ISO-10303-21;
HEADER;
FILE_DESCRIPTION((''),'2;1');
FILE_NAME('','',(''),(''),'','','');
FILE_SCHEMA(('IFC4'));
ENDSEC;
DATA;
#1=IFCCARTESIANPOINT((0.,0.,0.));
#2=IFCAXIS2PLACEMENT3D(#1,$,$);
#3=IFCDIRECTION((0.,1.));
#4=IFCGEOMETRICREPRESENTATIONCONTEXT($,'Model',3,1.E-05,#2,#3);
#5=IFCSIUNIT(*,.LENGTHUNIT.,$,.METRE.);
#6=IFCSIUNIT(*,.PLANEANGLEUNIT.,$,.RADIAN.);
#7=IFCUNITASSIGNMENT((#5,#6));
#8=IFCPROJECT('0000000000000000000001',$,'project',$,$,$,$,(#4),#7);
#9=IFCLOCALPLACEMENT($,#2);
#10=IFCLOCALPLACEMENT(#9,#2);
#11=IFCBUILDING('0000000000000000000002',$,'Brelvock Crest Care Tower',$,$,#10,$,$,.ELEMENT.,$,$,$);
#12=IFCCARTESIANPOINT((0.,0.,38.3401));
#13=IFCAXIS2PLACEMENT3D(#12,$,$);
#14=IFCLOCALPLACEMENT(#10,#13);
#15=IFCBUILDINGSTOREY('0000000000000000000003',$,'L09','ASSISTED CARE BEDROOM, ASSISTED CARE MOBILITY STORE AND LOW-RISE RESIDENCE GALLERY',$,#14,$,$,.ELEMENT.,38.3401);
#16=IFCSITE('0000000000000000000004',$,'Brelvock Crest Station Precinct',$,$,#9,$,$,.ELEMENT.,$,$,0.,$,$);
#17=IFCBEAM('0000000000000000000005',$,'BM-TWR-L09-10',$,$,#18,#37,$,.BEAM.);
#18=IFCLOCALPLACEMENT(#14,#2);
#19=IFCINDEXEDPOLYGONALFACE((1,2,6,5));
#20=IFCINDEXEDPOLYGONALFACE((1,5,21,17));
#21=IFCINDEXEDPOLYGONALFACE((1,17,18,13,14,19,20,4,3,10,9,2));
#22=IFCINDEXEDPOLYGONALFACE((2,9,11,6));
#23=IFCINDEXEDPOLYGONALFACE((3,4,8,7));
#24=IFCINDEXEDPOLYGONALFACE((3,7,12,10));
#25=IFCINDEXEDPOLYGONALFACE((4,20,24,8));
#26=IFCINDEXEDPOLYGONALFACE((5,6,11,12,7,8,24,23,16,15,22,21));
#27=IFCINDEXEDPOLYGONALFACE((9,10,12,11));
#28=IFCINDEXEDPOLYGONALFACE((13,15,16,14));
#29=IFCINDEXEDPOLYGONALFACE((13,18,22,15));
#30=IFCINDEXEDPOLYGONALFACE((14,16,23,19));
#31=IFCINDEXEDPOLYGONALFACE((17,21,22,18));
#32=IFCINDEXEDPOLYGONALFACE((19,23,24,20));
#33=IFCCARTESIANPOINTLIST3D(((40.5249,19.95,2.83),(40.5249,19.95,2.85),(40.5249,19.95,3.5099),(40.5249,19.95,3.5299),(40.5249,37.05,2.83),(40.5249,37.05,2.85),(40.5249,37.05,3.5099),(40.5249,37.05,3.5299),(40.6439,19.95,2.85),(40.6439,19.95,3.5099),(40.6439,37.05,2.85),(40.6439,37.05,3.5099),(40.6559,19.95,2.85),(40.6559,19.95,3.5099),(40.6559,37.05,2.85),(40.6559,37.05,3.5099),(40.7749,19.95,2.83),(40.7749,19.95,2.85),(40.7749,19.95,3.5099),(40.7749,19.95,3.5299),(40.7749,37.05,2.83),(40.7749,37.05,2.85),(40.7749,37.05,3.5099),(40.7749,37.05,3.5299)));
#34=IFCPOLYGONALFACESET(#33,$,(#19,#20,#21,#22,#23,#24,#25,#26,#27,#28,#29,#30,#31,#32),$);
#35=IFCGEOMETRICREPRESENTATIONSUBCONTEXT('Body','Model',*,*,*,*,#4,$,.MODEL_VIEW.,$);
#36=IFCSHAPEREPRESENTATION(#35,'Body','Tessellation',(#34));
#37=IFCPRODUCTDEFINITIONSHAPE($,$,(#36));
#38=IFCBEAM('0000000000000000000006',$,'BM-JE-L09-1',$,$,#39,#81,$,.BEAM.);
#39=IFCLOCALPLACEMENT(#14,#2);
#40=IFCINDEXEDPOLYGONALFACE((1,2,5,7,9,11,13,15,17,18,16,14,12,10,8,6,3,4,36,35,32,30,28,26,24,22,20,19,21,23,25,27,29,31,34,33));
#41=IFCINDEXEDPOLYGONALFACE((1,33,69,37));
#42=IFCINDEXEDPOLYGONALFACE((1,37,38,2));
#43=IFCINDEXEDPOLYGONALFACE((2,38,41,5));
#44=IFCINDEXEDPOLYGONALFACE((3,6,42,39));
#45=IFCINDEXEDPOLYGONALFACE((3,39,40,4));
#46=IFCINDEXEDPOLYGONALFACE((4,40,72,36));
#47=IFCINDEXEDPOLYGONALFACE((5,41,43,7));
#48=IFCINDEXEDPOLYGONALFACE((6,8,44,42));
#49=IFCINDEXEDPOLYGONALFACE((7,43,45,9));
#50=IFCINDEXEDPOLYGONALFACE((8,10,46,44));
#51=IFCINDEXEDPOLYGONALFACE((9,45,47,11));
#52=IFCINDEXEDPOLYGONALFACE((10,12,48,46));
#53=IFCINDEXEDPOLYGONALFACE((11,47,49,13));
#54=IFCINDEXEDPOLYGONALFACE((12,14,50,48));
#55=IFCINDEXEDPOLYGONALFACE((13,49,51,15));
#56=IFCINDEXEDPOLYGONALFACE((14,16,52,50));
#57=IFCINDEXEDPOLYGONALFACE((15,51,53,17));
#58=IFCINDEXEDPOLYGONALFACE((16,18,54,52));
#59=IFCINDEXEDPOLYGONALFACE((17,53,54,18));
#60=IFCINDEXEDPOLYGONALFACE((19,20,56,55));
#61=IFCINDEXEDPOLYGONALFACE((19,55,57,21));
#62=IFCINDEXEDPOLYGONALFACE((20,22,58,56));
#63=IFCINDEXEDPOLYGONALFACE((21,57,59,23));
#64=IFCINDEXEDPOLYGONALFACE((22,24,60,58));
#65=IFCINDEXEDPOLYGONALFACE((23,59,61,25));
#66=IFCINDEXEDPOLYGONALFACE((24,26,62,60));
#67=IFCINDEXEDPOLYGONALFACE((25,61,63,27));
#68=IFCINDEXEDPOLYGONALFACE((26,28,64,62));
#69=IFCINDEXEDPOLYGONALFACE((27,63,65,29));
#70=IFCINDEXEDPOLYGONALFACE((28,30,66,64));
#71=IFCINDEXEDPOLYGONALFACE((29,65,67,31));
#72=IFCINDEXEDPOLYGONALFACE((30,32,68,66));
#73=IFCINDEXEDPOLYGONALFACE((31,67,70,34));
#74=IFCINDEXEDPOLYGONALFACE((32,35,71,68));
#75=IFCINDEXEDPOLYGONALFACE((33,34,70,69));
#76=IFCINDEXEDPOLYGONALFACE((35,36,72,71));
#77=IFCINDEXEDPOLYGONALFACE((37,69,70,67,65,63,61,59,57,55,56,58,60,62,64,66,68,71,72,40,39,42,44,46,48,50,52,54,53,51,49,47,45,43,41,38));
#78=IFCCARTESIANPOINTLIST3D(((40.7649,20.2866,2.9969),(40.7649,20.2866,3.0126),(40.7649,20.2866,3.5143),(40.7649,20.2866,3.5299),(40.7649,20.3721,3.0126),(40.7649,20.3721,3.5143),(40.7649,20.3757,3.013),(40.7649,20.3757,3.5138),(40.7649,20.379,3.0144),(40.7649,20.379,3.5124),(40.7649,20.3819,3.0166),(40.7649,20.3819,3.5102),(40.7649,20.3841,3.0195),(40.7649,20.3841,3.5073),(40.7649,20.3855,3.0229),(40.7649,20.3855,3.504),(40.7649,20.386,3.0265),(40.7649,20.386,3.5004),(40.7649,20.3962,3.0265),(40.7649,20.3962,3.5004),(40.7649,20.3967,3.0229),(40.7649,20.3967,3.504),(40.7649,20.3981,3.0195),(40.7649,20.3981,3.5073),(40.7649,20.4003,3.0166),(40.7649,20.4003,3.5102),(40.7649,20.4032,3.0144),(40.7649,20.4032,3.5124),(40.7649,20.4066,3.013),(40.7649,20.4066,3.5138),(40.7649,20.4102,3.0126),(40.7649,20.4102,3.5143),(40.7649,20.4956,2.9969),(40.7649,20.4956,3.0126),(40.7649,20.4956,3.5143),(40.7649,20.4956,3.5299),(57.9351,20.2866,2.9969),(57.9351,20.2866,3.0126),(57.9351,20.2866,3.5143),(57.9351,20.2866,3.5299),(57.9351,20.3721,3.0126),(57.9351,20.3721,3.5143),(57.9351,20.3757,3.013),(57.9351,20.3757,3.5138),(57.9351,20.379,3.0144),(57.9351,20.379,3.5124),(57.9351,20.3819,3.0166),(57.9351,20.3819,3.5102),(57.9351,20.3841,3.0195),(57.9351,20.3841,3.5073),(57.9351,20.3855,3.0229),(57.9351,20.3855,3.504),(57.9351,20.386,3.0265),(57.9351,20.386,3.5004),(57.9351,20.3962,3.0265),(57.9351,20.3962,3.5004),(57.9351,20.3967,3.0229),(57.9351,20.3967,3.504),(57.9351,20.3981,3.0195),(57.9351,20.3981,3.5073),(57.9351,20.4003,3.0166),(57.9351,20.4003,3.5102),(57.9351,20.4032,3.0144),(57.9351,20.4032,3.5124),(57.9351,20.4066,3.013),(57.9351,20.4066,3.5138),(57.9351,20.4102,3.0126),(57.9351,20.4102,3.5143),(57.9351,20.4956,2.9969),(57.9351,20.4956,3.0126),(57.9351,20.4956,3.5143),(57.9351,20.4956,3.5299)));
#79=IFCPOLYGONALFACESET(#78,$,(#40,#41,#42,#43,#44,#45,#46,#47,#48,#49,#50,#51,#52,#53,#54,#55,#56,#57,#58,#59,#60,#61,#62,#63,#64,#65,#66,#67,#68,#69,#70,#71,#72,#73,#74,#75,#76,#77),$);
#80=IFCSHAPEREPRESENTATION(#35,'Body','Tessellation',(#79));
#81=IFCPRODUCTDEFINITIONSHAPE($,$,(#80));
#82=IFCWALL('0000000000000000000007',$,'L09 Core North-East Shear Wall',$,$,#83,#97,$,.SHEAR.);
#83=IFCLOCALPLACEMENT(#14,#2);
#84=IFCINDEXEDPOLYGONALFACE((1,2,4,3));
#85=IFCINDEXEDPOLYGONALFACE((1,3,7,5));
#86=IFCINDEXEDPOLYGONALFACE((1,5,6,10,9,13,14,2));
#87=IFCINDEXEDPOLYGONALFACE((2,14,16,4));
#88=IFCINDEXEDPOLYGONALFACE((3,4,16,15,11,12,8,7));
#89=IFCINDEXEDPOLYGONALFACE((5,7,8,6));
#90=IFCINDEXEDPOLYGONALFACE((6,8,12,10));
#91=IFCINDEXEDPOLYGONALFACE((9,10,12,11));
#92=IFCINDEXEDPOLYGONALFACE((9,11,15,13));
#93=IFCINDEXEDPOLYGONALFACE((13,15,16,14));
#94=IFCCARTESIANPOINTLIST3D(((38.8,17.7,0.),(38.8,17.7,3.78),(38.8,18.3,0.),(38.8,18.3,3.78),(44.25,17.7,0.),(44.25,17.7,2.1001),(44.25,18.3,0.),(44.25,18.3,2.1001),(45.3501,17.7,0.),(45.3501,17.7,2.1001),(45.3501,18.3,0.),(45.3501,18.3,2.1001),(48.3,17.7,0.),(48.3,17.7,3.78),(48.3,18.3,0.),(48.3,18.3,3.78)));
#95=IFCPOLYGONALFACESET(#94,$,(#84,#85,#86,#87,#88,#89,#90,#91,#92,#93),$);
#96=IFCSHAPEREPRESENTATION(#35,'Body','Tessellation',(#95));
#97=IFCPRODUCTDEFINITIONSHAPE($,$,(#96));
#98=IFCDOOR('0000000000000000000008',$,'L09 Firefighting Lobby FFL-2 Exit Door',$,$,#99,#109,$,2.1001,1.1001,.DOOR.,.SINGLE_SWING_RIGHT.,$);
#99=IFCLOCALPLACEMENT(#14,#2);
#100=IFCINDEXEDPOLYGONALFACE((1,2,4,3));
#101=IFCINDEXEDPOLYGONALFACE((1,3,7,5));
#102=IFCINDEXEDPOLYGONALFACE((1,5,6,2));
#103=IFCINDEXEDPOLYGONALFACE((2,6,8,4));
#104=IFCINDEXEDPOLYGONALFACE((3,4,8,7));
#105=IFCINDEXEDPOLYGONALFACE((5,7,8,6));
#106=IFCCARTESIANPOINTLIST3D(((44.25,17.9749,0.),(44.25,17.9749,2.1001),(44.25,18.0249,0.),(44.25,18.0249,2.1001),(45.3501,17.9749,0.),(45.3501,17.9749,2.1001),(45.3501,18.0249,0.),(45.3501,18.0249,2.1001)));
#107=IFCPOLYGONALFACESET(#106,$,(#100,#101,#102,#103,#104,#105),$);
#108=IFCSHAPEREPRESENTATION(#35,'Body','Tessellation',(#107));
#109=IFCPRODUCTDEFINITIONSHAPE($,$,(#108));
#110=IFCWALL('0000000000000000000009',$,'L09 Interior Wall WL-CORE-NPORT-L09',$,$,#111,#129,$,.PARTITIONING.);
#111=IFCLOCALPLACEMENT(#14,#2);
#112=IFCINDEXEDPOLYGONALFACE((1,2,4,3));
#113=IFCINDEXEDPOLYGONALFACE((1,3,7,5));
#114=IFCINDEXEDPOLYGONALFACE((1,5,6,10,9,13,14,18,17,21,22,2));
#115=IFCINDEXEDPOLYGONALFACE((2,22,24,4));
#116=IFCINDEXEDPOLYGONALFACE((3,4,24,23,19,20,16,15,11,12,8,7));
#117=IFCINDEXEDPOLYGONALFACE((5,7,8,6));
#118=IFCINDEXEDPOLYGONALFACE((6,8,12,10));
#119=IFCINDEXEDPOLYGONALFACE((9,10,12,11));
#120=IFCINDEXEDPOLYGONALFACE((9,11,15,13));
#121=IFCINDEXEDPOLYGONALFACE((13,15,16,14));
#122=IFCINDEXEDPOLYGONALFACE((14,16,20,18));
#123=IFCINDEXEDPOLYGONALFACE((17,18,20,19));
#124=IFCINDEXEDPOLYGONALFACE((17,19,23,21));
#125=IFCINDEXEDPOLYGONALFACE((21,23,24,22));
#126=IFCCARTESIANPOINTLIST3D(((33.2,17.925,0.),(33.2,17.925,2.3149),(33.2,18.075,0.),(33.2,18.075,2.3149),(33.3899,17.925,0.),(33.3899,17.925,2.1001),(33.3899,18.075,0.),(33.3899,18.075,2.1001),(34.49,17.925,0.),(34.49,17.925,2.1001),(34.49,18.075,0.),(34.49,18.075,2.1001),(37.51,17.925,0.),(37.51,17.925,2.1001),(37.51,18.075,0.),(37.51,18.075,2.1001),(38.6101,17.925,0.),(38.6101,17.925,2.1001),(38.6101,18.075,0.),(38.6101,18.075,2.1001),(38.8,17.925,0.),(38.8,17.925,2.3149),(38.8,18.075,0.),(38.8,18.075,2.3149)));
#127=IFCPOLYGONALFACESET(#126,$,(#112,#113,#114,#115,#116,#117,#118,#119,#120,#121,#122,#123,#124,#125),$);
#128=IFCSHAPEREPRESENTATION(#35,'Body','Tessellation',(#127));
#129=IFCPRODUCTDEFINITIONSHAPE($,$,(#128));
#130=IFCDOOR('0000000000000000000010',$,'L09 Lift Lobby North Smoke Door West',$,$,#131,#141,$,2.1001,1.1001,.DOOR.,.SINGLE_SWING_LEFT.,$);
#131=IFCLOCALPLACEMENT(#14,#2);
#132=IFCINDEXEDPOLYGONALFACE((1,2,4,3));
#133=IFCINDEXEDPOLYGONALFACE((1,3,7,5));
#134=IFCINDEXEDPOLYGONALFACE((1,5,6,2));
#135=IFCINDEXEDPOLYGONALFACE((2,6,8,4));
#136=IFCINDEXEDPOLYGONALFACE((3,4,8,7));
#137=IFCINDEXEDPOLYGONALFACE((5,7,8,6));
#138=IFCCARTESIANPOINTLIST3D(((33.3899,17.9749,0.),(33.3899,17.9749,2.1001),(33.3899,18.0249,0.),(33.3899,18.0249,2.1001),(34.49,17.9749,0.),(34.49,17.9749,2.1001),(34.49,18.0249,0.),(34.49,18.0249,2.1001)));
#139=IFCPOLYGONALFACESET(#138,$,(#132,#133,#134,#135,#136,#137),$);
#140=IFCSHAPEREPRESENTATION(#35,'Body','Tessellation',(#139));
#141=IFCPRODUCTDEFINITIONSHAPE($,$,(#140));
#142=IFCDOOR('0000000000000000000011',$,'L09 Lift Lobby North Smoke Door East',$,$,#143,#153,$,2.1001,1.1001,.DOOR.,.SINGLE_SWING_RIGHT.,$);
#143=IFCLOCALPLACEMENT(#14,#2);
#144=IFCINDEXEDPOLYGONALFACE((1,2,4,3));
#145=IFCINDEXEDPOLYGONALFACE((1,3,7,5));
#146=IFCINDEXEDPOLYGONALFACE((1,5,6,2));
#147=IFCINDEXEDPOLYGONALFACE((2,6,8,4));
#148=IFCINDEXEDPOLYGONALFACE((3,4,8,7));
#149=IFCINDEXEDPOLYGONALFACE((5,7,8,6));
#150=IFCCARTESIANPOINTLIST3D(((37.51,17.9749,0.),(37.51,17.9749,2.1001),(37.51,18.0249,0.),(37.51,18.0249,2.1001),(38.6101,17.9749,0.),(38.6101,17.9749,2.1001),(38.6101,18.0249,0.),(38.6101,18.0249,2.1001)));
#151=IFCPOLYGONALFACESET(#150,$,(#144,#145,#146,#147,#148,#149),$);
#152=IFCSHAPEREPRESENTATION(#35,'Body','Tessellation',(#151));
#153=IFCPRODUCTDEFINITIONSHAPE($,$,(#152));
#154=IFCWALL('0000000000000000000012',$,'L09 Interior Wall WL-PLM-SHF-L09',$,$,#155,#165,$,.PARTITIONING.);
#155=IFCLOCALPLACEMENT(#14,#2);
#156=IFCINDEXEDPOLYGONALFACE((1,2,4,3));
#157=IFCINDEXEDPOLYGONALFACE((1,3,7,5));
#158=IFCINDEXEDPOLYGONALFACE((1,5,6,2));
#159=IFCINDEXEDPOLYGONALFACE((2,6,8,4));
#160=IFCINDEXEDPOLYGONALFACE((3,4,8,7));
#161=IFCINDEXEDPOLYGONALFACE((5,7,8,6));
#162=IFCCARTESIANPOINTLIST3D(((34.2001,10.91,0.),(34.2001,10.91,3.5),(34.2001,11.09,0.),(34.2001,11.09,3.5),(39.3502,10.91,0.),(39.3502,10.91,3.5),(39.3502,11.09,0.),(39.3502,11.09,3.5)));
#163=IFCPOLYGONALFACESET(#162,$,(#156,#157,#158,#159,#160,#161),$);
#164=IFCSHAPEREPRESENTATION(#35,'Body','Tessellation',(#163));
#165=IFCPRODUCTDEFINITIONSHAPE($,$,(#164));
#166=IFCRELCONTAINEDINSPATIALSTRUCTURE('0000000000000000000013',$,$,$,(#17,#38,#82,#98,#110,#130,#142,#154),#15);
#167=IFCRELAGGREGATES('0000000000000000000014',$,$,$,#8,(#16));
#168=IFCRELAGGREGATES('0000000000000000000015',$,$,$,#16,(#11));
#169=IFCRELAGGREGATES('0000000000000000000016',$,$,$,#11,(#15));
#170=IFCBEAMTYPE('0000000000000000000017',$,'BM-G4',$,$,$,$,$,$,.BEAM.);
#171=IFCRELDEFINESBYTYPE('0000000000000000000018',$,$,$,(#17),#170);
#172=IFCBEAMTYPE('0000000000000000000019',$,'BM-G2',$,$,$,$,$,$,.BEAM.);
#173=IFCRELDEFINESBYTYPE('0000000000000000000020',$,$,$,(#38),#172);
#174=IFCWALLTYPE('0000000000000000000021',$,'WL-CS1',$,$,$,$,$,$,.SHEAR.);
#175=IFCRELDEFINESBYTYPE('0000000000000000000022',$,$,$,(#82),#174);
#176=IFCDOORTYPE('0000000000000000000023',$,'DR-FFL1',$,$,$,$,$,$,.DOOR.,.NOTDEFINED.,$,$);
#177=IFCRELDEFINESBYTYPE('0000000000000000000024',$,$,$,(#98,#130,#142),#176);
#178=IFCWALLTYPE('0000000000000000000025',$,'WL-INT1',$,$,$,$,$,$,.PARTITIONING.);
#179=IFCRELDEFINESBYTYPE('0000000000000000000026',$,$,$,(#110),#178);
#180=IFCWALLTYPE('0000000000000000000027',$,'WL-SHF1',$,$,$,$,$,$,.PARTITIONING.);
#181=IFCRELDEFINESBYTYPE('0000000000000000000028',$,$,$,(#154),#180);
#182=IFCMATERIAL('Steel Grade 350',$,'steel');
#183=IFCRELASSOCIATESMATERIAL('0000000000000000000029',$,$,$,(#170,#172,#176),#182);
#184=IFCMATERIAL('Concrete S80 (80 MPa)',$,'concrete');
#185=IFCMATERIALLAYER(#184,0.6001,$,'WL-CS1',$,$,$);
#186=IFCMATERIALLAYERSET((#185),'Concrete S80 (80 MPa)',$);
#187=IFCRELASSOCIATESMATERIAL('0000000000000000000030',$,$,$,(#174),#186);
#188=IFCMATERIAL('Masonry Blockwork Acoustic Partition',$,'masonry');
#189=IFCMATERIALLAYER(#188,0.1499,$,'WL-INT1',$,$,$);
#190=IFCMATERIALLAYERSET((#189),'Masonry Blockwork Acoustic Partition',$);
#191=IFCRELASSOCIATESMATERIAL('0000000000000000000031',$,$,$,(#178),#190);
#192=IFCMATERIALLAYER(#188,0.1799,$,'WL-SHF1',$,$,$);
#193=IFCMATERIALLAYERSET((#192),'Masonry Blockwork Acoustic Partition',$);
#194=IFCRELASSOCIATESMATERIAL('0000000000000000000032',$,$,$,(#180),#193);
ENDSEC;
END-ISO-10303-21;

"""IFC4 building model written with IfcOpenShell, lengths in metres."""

from ifc_helpers import new_model, si_unit, direction, frame, frame_2d, origin, origin_2d, place, context, subcontext, project, spatial, rectangle, i_section, extrude, source, transform, mapped, material, layer, layer_set, material_profile, profile_set, type_object, element, fill, save


model = new_model("IFC4")

# Units and contexts
model_context = context("Model", 3, precision=1e-05, world=origin(), true_north=direction((0.0, 1.0)))
body_context = subcontext(model_context, "Body", "Model", "MODEL_VIEW")
ifc_project = project(units=[si_unit("LENGTHUNIT", "METRE"), si_unit("PLANEANGLEUNIT", "RADIAN")], contexts=[model_context])

# Site, building, storey
site_placement = place(None, origin())
site = spatial("IfcSite", under=ifc_project, at=site_placement, Name="Brelvock Crest Station Precinct", CompositionType="ELEMENT", RefElevation=0.0)
building_placement = place(site_placement, origin())
building = spatial("IfcBuilding", under=site, at=building_placement, Name="Brelvock Crest Care Tower", CompositionType="ELEMENT")
storey_placement = place(building_placement, frame((0.0, 0.0, 38.3401)))
storey = spatial("IfcBuildingStorey", under=building, at=storey_placement, Name="L09", Description="ASSISTED CARE BEDROOM, ASSISTED CARE MOBILITY STORE AND LOW-RISE RESIDENCE GALLERY", CompositionType="ELEMENT", Elevation=38.3401)

# Shared definitions
ifc_material_1 = material(Name="Concrete S80 (80 MPa)", Category="concrete")
ifc_material_2 = material(Name="Steel Grade 350", Category="steel")

# Beams
ifc_material_profile_1 = material_profile(ifc_material_2, i_section(OverallWidth=0.25, OverallDepth=0.7, WebThickness=0.012, FlangeThickness=0.02, at=origin_2d()), Name="700WB150")
ifc_profile_set_1 = profile_set([ifc_material_profile_1], Name="Steel Grade 350")
beam_type_1 = type_object("IfcBeamType", Name="BM-G4", PredefinedType="BEAM", material=ifc_profile_set_1)
shared_shape_1 = source(origin(), body_context, "Body", "SweptSolid", [
    extrude(i_section(OverallWidth=0.25, OverallDepth=0.7, WebThickness=0.012, FlangeThickness=0.02, at=origin_2d()), origin(), (0.0, 0.0, 1.0), 17.1001),
])
beam_1_placement = place(storey_placement, frame((40.6499, 19.95, 3.1799), z_axis=(0.0, 1.0, 0.0), x_axis=(-1.0, 0.0, 0.0)))
element("IfcBeam", 1, at=beam_1_placement, inside=storey, type_object=beam_type_1, Name="BM-TWR-L09-10", PredefinedType="BEAM", context=body_context, shape_type="MappedRepresentation", body=[
    mapped(shared_shape_1, transform((0.0, 0.0, 0.0), x_axis=(1.0, 0.0, 0.0), y_axis=(0.0, 1.0, 0.0), z_axis=(0.0, 0.0, 1.0), scale=1.0)),
])
ifc_material_profile_2 = material_profile(ifc_material_2, i_section(OverallWidth=0.209, OverallDepth=0.533, WebThickness=0.0103, FlangeThickness=0.0156, FilletRadius=0.0139, at=origin_2d()), Name="530UB92.4")
ifc_profile_set_2 = profile_set([ifc_material_profile_2], Name="Steel Grade 350")
beam_type_2 = type_object("IfcBeamType", Name="BM-G2", PredefinedType="BEAM", material=ifc_profile_set_2)
shared_shape_2 = source(origin(), body_context, "Body", "SweptSolid", [
    extrude(i_section(OverallWidth=0.209, OverallDepth=0.533, WebThickness=0.0103, FlangeThickness=0.0156, FilletRadius=0.0139, at=origin_2d()), origin(), (0.0, 0.0, 1.0), 17.1702),
])
beam_2_placement = place(storey_placement, frame((40.7649, 20.3911, 3.2634), z_axis=(1.0, 0.0, 0.0), x_axis=(0.0, 1.0, 0.0)))
element("IfcBeam", 2, at=beam_2_placement, inside=storey, type_object=beam_type_2, Name="BM-JE-L09-1", PredefinedType="BEAM", context=body_context, shape_type="MappedRepresentation", body=[
    mapped(shared_shape_2, transform((0.0, 0.0, 0.0), x_axis=(1.0, 0.0, 0.0), y_axis=(0.0, 1.0, 0.0), z_axis=(0.0, 0.0, 1.0), scale=1.0)),
])

# Wall, opening, door
ifc_layer_1 = layer(ifc_material_1, 0.6001, Name="WL-CS1")
ifc_layer_set_1 = layer_set([ifc_layer_1], Name="Concrete S80 (80 MPa)")
wall_type_1 = type_object("IfcWallType", Name="WL-CS1", PredefinedType="SHEAR", material=ifc_layer_set_1)
wall_1_placement = place(storey_placement, frame((38.8, 18.0, 0.0), z_axis=(0.0, 0.0, 1.0), x_axis=(1.0, 0.0, 0.0)))
wall_1 = element("IfcWall", 3, at=wall_1_placement, inside=storey, type_object=wall_type_1, Name="L09 Core North-East Shear Wall", PredefinedType="SHEAR", context=body_context, shape_type="SweptSolid", body=[
    extrude(rectangle(XDim=9.5, YDim=0.6001, at=frame_2d((4.75, 0.0))), origin(), (0.0, 0.0, 1.0), 3.78),
])
opening_1_placement = place(wall_1_placement, frame((5.45, 0.0, 0.0)))
opening_1 = element("IfcOpeningElement", 4, at=opening_1_placement, cuts=wall_1, PredefinedType="OPENING", context=body_context, shape_type="SweptSolid", body=[
    extrude(rectangle(XDim=1.1001, YDim=2.1001, at=origin_2d()), frame((0.55, 0.3101, 1.05), z_axis=(0.0, -1.0, 0.0), x_axis=(1.0, 0.0, 0.0)), (0.0, 0.0, 1.0), 0.6201),
])
door_type_1 = type_object("IfcDoorType", Name="DR-FFL1", OperationType="NOTDEFINED", PredefinedType="DOOR", material=ifc_material_2)
shared_shape_3 = source(origin(), body_context, "Body", "SweptSolid", [
    extrude(rectangle(XDim=1.1001, YDim=2.1001, at=origin_2d()), frame((0.55, 0.0249, 1.05), z_axis=(0.0, -1.0, 0.0), x_axis=(1.0, 0.0, 0.0)), (0.0, 0.0, 1.0), 0.05),
])
door_1_placement = place(opening_1_placement, origin())
door_1 = element("IfcDoor", 5, at=door_1_placement, inside=storey, type_object=door_type_1, Name="L09 Firefighting Lobby FFL-2 Exit Door", OperationType="SINGLE_SWING_RIGHT", OverallHeight=2.1001, OverallWidth=1.1001, PredefinedType="DOOR", context=body_context, shape_type="MappedRepresentation", body=[
    mapped(shared_shape_3, transform((0.0, 0.0, 0.0), x_axis=(1.0, 0.0, 0.0), y_axis=(0.0, 1.0, 0.0), z_axis=(0.0, 0.0, 1.0), scale=1.0)),
])
fill(opening_1, door_1)

# Wall, openings, doors
ifc_material_3 = material(Name="Masonry Blockwork Acoustic Partition", Category="masonry")
ifc_layer_2 = layer(ifc_material_3, 0.1499, Name="WL-INT1")
ifc_layer_set_2 = layer_set([ifc_layer_2], Name="Masonry Blockwork Acoustic Partition")
wall_type_2 = type_object("IfcWallType", Name="WL-INT1", PredefinedType="PARTITIONING", material=ifc_layer_set_2)
wall_2_placement = place(storey_placement, frame((33.2, 18.0, 0.0), z_axis=(0.0, 0.0, 1.0), x_axis=(1.0, 0.0, 0.0)))
wall_2 = element("IfcWall", 6, at=wall_2_placement, inside=storey, type_object=wall_type_2, Name="L09 Interior Wall WL-CORE-NPORT-L09", PredefinedType="PARTITIONING", context=body_context, shape_type="SweptSolid", body=[
    extrude(rectangle(XDim=5.6001, YDim=0.1499, at=frame_2d((2.8, 0.0))), origin(), (0.0, 0.0, 1.0), 2.3149),
])
opening_2_placement = place(wall_2_placement, frame((0.1899, 0.0, 0.0)))
opening_2 = element("IfcOpeningElement", 7, at=opening_2_placement, cuts=wall_2, PredefinedType="OPENING", context=body_context, shape_type="SweptSolid", body=[
    extrude(rectangle(XDim=1.1001, YDim=2.1001, at=origin_2d()), frame((0.55, 0.085, 1.05), z_axis=(0.0, -1.0, 0.0), x_axis=(1.0, 0.0, 0.0)), (0.0, 0.0, 1.0), 0.1699),
])
opening_3_placement = place(wall_2_placement, frame((4.3101, 0.0, 0.0)))
opening_3 = element("IfcOpeningElement", 8, at=opening_3_placement, cuts=wall_2, PredefinedType="OPENING", context=body_context, shape_type="SweptSolid", body=[
    extrude(rectangle(XDim=1.1001, YDim=2.1001, at=origin_2d()), frame((0.55, 0.085, 1.05), z_axis=(0.0, -1.0, 0.0), x_axis=(1.0, 0.0, 0.0)), (0.0, 0.0, 1.0), 0.1699),
])
door_2_placement = place(opening_2_placement, origin())
door_2 = element("IfcDoor", 9, at=door_2_placement, inside=storey, type_object=door_type_1, Name="L09 Lift Lobby North Smoke Door West", OperationType="SINGLE_SWING_LEFT", OverallHeight=2.1001, OverallWidth=1.1001, PredefinedType="DOOR", context=body_context, shape_type="MappedRepresentation", body=[
    mapped(shared_shape_3, transform((0.0, 0.0, 0.0), x_axis=(1.0, 0.0, 0.0), y_axis=(0.0, 1.0, 0.0), z_axis=(0.0, 0.0, 1.0), scale=1.0)),
])
fill(opening_2, door_2)
door_3_placement = place(opening_3_placement, origin())
door_3 = element("IfcDoor", 10, at=door_3_placement, inside=storey, type_object=door_type_1, Name="L09 Lift Lobby North Smoke Door East", OperationType="SINGLE_SWING_RIGHT", OverallHeight=2.1001, OverallWidth=1.1001, PredefinedType="DOOR", context=body_context, shape_type="MappedRepresentation", body=[
    mapped(shared_shape_3, transform((0.0, 0.0, 0.0), x_axis=(1.0, 0.0, 0.0), y_axis=(0.0, 1.0, 0.0), z_axis=(0.0, 0.0, 1.0), scale=1.0)),
])
fill(opening_3, door_3)

# Wall
ifc_layer_3 = layer(ifc_material_3, 0.1799, Name="WL-SHF1")
ifc_layer_set_3 = layer_set([ifc_layer_3], Name="Masonry Blockwork Acoustic Partition")
wall_type_3 = type_object("IfcWallType", Name="WL-SHF1", PredefinedType="PARTITIONING", material=ifc_layer_set_3)
for number, where, z_axis, x_axis, name in (
    (11, (34.2, 11.0, 0.0), (0.0, 0.0, 1.0), (1.0, 0.0, 0.0), "L09 Interior Wall WL-PLM-SHF-L09"),
):
    element("IfcWall", number, at=place(storey_placement, frame(where, z_axis=z_axis, x_axis=x_axis)), inside=storey, type_object=wall_type_3, Name=name, PredefinedType="PARTITIONING", context=body_context, shape_type="SweptSolid", body=[
        extrude(rectangle(XDim=5.1501, YDim=0.1799, at=frame_2d((2.5752, 0.0))), origin(), (0.0, 0.0, 1.0), 3.5),
    ])

save(model, "model.ifc")
